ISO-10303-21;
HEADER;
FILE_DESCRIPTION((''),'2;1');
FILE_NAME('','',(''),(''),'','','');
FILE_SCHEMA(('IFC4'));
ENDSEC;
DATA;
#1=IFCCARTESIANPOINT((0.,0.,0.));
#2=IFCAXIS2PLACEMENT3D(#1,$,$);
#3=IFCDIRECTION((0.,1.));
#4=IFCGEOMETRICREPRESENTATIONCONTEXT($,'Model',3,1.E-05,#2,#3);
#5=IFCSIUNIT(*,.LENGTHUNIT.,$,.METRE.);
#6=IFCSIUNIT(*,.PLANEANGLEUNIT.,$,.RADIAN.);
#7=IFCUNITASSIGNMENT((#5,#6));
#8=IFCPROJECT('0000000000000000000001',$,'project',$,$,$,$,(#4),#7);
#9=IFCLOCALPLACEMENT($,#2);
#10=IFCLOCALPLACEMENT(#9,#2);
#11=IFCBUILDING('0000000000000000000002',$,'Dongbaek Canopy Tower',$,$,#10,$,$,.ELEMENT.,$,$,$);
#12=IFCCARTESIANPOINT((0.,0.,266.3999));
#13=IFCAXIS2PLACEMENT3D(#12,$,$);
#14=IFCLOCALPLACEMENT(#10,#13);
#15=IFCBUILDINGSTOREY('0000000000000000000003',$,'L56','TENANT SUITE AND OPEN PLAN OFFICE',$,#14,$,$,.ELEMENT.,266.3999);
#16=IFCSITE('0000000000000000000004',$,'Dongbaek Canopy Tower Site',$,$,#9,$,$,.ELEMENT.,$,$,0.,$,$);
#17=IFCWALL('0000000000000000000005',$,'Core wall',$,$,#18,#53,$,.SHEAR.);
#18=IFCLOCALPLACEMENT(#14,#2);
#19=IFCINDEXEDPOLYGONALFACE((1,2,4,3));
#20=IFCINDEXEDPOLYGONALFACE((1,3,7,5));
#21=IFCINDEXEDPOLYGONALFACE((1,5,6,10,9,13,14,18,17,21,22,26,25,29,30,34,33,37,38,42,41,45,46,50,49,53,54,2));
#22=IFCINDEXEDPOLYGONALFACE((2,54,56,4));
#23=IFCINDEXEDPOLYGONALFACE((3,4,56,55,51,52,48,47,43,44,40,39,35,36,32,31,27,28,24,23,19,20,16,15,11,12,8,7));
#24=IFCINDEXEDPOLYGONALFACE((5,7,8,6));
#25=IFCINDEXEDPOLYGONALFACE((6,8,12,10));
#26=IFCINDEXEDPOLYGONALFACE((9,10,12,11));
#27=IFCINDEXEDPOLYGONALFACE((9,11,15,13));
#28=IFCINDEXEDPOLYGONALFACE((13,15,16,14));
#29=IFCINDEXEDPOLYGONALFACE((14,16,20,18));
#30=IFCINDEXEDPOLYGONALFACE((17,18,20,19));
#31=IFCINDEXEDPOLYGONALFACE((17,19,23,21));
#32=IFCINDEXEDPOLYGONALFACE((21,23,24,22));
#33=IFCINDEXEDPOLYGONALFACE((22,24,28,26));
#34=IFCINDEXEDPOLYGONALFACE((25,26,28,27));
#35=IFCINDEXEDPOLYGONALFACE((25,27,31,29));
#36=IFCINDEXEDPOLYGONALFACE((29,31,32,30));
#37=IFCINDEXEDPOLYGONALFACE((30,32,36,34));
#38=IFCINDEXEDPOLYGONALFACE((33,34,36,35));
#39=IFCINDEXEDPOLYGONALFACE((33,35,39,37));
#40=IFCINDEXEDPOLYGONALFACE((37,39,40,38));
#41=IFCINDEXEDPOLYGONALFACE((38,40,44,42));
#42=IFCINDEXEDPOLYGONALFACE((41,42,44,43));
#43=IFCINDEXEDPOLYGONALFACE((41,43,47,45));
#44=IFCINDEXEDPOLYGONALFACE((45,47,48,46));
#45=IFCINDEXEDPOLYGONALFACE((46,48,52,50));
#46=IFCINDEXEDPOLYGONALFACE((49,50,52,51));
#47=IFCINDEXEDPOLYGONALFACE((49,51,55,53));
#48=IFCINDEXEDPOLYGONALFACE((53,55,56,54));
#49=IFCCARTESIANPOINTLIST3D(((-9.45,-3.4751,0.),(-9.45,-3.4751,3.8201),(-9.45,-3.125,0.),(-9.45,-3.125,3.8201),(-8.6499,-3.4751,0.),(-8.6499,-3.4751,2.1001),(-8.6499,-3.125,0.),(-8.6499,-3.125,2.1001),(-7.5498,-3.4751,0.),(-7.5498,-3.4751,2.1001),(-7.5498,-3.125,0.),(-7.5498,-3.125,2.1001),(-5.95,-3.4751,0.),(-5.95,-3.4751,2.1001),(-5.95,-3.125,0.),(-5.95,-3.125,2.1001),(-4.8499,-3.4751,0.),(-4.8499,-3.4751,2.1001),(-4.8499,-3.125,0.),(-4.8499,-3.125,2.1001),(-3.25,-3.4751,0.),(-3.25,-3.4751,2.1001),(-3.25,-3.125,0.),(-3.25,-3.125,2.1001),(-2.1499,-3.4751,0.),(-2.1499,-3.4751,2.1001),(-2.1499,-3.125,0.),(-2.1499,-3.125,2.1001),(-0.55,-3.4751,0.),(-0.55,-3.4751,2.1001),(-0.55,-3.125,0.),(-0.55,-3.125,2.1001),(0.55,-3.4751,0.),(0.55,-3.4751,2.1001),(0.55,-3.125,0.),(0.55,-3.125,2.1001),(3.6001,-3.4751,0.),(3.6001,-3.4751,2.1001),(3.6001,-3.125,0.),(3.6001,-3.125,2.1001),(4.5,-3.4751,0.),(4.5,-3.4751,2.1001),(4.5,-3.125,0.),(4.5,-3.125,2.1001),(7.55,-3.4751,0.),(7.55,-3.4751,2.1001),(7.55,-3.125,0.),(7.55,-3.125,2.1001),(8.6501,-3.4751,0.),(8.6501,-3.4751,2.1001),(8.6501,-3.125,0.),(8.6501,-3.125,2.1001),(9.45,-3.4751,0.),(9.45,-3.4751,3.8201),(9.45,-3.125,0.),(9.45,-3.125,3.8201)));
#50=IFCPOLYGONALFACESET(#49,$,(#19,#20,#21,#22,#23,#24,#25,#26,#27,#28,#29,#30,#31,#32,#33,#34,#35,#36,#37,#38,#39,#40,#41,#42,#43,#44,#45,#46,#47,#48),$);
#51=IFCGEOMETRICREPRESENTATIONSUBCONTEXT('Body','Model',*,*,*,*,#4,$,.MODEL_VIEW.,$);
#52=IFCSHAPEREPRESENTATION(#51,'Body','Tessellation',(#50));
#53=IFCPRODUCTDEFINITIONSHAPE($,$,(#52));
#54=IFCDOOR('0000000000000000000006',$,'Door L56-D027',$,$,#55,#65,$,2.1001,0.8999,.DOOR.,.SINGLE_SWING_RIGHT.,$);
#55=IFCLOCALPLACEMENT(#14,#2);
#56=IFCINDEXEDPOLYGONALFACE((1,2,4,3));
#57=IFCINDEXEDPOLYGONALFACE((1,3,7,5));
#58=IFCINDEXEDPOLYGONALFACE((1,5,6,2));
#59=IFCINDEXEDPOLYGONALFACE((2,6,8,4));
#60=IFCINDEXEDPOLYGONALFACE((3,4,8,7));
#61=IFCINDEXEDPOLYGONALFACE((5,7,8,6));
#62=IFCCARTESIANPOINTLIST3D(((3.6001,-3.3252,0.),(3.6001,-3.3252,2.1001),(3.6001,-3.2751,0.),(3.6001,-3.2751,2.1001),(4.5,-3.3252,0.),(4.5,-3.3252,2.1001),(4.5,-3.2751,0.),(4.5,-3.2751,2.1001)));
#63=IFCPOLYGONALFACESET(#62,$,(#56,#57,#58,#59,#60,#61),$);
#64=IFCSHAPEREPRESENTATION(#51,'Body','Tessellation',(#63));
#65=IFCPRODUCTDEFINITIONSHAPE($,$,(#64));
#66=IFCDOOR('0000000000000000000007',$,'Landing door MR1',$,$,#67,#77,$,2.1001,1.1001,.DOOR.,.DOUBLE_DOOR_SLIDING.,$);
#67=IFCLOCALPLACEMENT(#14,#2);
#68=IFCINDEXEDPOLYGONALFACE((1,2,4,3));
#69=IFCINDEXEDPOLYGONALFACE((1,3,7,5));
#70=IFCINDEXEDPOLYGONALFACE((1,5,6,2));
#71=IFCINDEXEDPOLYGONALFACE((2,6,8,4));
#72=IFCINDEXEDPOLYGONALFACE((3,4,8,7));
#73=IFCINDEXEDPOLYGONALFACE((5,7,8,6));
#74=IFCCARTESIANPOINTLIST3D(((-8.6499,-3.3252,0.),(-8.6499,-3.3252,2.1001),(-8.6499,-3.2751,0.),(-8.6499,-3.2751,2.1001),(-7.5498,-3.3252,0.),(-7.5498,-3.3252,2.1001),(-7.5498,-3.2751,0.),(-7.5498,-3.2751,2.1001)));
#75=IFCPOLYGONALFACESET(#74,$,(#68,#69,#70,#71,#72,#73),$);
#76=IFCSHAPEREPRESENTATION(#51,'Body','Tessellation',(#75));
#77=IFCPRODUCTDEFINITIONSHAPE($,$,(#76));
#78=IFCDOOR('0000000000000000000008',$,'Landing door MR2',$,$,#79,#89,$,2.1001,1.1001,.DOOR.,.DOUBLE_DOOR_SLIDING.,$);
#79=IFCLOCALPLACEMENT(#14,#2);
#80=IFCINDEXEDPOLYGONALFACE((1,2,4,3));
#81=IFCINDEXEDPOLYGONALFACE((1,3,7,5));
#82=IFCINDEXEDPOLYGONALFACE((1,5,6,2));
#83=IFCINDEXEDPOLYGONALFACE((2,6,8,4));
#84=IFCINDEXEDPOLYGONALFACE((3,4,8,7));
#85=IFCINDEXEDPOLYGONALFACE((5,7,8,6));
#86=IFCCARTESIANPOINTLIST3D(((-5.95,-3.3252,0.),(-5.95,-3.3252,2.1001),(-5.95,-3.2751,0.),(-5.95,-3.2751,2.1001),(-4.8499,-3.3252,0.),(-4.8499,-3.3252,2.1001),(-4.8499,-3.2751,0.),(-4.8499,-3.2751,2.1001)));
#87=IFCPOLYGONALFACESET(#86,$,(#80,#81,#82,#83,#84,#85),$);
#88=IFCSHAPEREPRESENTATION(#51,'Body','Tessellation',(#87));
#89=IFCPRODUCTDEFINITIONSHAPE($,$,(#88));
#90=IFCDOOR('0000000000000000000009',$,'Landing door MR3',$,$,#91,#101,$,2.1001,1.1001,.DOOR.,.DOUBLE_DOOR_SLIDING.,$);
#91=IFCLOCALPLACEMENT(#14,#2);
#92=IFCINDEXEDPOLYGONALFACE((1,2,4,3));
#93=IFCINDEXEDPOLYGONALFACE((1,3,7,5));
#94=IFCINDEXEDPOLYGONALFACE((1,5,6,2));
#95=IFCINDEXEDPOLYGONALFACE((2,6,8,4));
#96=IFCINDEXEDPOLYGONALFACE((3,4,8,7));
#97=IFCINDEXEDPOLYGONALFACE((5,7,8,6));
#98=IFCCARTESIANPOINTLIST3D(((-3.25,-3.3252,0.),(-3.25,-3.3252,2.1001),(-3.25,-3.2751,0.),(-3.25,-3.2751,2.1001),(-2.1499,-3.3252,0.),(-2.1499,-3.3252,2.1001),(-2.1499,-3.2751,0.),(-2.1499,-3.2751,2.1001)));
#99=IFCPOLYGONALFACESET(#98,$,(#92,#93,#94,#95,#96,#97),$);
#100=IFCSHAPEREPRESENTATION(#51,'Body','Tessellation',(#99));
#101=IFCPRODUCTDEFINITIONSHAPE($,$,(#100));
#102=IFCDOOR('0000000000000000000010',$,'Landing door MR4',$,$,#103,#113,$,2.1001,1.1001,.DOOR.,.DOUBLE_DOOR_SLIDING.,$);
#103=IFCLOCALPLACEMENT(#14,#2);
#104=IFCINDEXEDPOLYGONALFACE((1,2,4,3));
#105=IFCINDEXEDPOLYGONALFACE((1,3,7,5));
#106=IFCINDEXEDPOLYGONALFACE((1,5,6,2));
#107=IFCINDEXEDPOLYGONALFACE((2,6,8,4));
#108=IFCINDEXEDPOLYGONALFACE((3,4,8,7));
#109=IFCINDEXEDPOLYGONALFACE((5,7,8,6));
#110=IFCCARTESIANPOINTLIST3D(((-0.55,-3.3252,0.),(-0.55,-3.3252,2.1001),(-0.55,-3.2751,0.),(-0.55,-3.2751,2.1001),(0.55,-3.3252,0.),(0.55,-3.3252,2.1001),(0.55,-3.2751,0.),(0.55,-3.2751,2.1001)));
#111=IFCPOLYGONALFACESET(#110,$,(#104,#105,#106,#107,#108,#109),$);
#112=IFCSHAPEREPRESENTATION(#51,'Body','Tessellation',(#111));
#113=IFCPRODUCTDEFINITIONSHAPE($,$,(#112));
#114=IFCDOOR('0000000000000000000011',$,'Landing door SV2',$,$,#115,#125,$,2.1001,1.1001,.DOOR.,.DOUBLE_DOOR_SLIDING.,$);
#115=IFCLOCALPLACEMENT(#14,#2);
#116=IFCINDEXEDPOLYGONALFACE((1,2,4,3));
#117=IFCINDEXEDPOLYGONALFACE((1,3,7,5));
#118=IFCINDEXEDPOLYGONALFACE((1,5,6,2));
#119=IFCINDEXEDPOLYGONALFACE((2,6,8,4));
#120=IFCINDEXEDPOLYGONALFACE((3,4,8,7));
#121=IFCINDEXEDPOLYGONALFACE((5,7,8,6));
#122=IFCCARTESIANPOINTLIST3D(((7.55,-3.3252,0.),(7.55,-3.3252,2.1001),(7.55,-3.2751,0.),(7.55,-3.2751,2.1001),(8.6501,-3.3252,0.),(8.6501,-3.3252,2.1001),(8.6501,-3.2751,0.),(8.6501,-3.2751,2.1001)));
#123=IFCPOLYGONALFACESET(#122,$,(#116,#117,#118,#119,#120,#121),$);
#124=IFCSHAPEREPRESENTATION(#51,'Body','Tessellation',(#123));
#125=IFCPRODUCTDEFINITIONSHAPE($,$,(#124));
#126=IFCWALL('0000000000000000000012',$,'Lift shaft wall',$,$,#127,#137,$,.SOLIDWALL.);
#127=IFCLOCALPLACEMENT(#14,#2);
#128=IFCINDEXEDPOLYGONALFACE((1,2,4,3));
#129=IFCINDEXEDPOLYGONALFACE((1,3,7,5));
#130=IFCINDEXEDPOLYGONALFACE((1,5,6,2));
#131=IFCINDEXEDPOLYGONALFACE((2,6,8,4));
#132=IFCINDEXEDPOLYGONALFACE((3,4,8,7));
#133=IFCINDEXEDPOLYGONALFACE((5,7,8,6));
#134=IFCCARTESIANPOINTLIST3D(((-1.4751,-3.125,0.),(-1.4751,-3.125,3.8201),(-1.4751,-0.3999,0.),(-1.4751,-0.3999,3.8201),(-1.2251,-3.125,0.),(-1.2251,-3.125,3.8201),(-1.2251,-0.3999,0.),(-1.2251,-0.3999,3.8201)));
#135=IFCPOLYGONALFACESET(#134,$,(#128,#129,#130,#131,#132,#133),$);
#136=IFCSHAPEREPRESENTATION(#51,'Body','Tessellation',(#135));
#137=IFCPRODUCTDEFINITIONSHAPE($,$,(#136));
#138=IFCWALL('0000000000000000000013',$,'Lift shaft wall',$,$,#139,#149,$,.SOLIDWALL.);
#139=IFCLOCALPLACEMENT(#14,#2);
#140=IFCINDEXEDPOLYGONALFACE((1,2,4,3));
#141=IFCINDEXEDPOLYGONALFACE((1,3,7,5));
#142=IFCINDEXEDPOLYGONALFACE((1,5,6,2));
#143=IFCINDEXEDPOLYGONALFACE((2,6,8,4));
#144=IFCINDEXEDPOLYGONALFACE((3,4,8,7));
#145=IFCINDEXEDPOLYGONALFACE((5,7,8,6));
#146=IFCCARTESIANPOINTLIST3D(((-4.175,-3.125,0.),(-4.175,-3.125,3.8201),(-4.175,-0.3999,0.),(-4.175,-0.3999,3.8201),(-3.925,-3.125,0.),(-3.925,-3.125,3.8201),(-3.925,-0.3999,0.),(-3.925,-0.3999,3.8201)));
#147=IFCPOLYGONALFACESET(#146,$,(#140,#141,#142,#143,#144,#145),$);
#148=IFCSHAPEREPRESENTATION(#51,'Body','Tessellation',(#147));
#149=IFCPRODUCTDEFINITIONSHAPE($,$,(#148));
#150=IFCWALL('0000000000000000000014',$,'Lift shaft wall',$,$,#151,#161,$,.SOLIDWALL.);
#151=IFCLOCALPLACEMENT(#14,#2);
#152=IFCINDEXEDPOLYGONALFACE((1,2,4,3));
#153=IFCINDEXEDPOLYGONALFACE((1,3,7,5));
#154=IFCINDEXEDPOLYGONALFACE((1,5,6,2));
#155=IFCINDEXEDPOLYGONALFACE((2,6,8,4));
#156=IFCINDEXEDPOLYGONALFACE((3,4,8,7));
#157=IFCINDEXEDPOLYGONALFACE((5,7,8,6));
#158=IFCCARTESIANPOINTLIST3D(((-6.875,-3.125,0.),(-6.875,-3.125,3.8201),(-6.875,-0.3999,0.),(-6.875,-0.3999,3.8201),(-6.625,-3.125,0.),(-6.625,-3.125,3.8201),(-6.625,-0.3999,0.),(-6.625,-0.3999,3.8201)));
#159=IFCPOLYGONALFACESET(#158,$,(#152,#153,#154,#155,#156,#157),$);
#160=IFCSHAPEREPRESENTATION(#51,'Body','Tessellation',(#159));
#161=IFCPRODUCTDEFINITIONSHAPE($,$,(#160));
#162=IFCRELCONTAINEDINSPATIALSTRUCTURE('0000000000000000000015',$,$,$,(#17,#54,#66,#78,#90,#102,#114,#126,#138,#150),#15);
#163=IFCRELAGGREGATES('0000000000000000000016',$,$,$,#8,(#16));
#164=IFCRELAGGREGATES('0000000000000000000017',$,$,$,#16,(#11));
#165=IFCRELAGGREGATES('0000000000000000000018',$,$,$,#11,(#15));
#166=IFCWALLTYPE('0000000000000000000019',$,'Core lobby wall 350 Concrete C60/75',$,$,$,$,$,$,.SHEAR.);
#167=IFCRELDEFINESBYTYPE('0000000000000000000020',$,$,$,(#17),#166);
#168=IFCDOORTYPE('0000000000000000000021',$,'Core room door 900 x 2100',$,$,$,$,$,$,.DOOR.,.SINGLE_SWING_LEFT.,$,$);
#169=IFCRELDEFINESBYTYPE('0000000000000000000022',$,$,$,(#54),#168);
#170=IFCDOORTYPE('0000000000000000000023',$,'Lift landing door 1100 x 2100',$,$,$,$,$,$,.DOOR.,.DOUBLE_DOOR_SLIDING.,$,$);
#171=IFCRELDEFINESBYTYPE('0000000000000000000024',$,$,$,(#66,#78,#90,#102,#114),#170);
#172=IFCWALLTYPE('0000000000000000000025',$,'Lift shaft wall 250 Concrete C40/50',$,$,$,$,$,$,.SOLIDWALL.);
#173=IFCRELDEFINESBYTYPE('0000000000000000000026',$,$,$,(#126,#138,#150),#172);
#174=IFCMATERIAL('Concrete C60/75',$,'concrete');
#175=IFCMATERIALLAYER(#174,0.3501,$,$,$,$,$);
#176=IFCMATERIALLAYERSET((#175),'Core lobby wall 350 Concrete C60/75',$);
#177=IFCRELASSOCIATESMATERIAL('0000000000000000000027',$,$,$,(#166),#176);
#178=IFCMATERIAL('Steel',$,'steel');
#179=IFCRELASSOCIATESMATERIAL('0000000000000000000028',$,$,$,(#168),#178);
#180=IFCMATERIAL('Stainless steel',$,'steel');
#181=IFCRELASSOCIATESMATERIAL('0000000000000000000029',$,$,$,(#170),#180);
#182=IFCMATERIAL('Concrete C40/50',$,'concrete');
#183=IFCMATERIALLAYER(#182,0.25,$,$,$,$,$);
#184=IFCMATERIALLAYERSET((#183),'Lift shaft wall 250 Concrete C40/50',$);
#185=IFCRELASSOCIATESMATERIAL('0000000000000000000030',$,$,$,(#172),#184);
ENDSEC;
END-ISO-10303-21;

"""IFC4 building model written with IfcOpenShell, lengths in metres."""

from ifc_helpers import new_model, si_unit, direction, frame, frame_2d, origin, place, context, subcontext, project, spatial, rectangle, extrude, material, layer, layer_set, type_object, element, fill, save


model = new_model("IFC4")

# Units and contexts
model_context = context("Model", 3, precision=1e-05, world=origin(), true_north=direction((0.0, 1.0)))
body_context = subcontext(model_context, "Body", "Model", "MODEL_VIEW")
ifc_project = project(units=[si_unit("LENGTHUNIT", "METRE"), si_unit("PLANEANGLEUNIT", "RADIAN")], contexts=[model_context])

# Site, building, storey
site_placement = place(None, origin())
site = spatial("IfcSite", under=ifc_project, at=site_placement, Name="Dongbaek Canopy Tower Site", CompositionType="ELEMENT", RefElevation=0.0)
building_placement = place(site_placement, origin())
building = spatial("IfcBuilding", under=site, at=building_placement, Name="Dongbaek Canopy Tower", CompositionType="ELEMENT")
storey_placement = place(building_placement, frame((0.0, 0.0, 266.3999)))
storey = spatial("IfcBuildingStorey", under=building, at=storey_placement, Name="L56", Description="TENANT SUITE AND OPEN PLAN OFFICE", CompositionType="ELEMENT", Elevation=266.3999)

# Wall, openings, doors
ifc_material_1 = material(Name="Concrete C60/75", Category="concrete")
ifc_layer_1 = layer(ifc_material_1, 0.3501)
ifc_layer_set_1 = layer_set([ifc_layer_1], Name="Core lobby wall 350 Concrete C60/75")
wall_type_1 = type_object("IfcWallType", Name="Core lobby wall 350 Concrete C60/75", PredefinedType="SHEAR", material=ifc_layer_set_1)
wall_1_placement = place(storey_placement, frame((-9.45, -3.3, 0.0), z_axis=(0.0, 0.0, 1.0), x_axis=(1.0, 0.0, 0.0)))
wall_1 = element("IfcWall", 1, at=wall_1_placement, inside=storey, type_object=wall_type_1, Name="Core wall", PredefinedType="SHEAR", context=body_context, shape_type="SweptSolid", body=[
    extrude(rectangle(XDim=18.8999, YDim=0.3501, at=frame_2d((9.45, 0.0))), origin(), (0.0, 0.0, 1.0), 3.8201),
])
opening_1_placement = place(wall_1_placement, frame((0.8, 0.0, 0.0)))
opening_1 = element("IfcOpeningElement", 2, at=opening_1_placement, cuts=wall_1, PredefinedType="OPENING", context=body_context, shape_type="SweptSolid", body=[
    extrude(rectangle(XDim=1.1001, YDim=2.1001, at=frame_2d((0.55, 1.05))), frame((0.0, 0.1851, 0.0), z_axis=(0.0, -1.0, 0.0), x_axis=(1.0, 0.0, 0.0)), (0.0, 0.0, 1.0), 0.3701),
])
opening_2_placement = place(wall_1_placement, frame((3.5, 0.0, 0.0)))
opening_2 = element("IfcOpeningElement", 3, at=opening_2_placement, cuts=wall_1, PredefinedType="OPENING", context=body_context, shape_type="SweptSolid", body=[
    extrude(rectangle(XDim=1.1001, YDim=2.1001, at=frame_2d((0.55, 1.05))), frame((0.0, 0.1851, 0.0), z_axis=(0.0, -1.0, 0.0), x_axis=(1.0, 0.0, 0.0)), (0.0, 0.0, 1.0), 0.3701),
])
opening_3_placement = place(wall_1_placement, frame((6.2, 0.0, 0.0)))
opening_3 = element("IfcOpeningElement", 4, at=opening_3_placement, cuts=wall_1, PredefinedType="OPENING", context=body_context, shape_type="SweptSolid", body=[
    extrude(rectangle(XDim=1.1001, YDim=2.1001, at=frame_2d((0.55, 1.05))), frame((0.0, 0.1851, 0.0), z_axis=(0.0, -1.0, 0.0), x_axis=(1.0, 0.0, 0.0)), (0.0, 0.0, 1.0), 0.3701),
])
opening_4_placement = place(wall_1_placement, frame((8.8999, 0.0, 0.0)))
opening_4 = element("IfcOpeningElement", 5, at=opening_4_placement, cuts=wall_1, PredefinedType="OPENING", context=body_context, shape_type="SweptSolid", body=[
    extrude(rectangle(XDim=1.1001, YDim=2.1001, at=frame_2d((0.55, 1.05))), frame((0.0, 0.1851, 0.0), z_axis=(0.0, -1.0, 0.0), x_axis=(1.0, 0.0, 0.0)), (0.0, 0.0, 1.0), 0.3701),
])
opening_5_placement = place(wall_1_placement, frame((17.0, 0.0, 0.0)))
opening_5 = element("IfcOpeningElement", 6, at=opening_5_placement, cuts=wall_1, PredefinedType="OPENING", context=body_context, shape_type="SweptSolid", body=[
    extrude(rectangle(XDim=1.1001, YDim=2.1001, at=frame_2d((0.55, 1.05))), frame((0.0, 0.1851, 0.0), z_axis=(0.0, -1.0, 0.0), x_axis=(1.0, 0.0, 0.0)), (0.0, 0.0, 1.0), 0.3701),
])
opening_6_placement = place(wall_1_placement, frame((13.05, 0.0, 0.0)))
opening_6 = element("IfcOpeningElement", 7, at=opening_6_placement, cuts=wall_1, PredefinedType="OPENING", context=body_context, shape_type="SweptSolid", body=[
    extrude(rectangle(XDim=0.8999, YDim=2.1001, at=frame_2d((0.45, 1.05))), frame((0.0, 0.1851, 0.0), z_axis=(0.0, -1.0, 0.0), x_axis=(1.0, 0.0, 0.0)), (0.0, 0.0, 1.0), 0.3701),
])
ifc_material_2 = material(Name="Steel", Category="steel")
door_type_1 = type_object("IfcDoorType", Name="Core room door 900 x 2100", OperationType="SINGLE_SWING_LEFT", PredefinedType="DOOR", material=ifc_material_2)
door_1_placement = place(opening_6_placement, origin())
door_1 = element("IfcDoor", 8, at=door_1_placement, inside=storey, type_object=door_type_1, Name="Door L56-D027", OperationType="SINGLE_SWING_RIGHT", OverallHeight=2.1001, OverallWidth=0.8999, PredefinedType="DOOR", context=body_context, shape_type="SweptSolid", body=[
    extrude(rectangle(XDim=0.8999, YDim=2.1001, at=frame_2d((0.45, 1.05))), frame((0.0, 0.0249, 0.0), z_axis=(0.0, -1.0, 0.0), x_axis=(1.0, 0.0, 0.0)), (0.0, 0.0, 1.0), 0.05),
])
fill(opening_6, door_1)
ifc_material_3 = material(Name="Stainless steel", Category="steel")
door_type_2 = type_object("IfcDoorType", Name="Lift landing door 1100 x 2100", OperationType="DOUBLE_DOOR_SLIDING", PredefinedType="DOOR", material=ifc_material_3)
door_2_placement = place(opening_1_placement, origin())
door_2 = element("IfcDoor", 9, at=door_2_placement, inside=storey, type_object=door_type_2, Name="Landing door MR1", OperationType="DOUBLE_DOOR_SLIDING", OverallHeight=2.1001, OverallWidth=1.1001, PredefinedType="DOOR", context=body_context, shape_type="SweptSolid", body=[
    extrude(rectangle(XDim=1.1001, YDim=2.1001, at=frame_2d((0.55, 1.05))), frame((0.0, 0.0249, 0.0), z_axis=(0.0, -1.0, 0.0), x_axis=(1.0, 0.0, 0.0)), (0.0, 0.0, 1.0), 0.05),
])
fill(opening_1, door_2)
door_3_placement = place(opening_2_placement, origin())
door_3 = element("IfcDoor", 10, at=door_3_placement, inside=storey, type_object=door_type_2, Name="Landing door MR2", OperationType="DOUBLE_DOOR_SLIDING", OverallHeight=2.1001, OverallWidth=1.1001, PredefinedType="DOOR", context=body_context, shape_type="SweptSolid", body=[
    extrude(rectangle(XDim=1.1001, YDim=2.1001, at=frame_2d((0.55, 1.05))), frame((0.0, 0.0249, 0.0), z_axis=(0.0, -1.0, 0.0), x_axis=(1.0, 0.0, 0.0)), (0.0, 0.0, 1.0), 0.05),
])
fill(opening_2, door_3)
door_4_placement = place(opening_3_placement, origin())
door_4 = element("IfcDoor", 11, at=door_4_placement, inside=storey, type_object=door_type_2, Name="Landing door MR3", OperationType="DOUBLE_DOOR_SLIDING", OverallHeight=2.1001, OverallWidth=1.1001, PredefinedType="DOOR", context=body_context, shape_type="SweptSolid", body=[
    extrude(rectangle(XDim=1.1001, YDim=2.1001, at=frame_2d((0.55, 1.05))), frame((0.0, 0.0249, 0.0), z_axis=(0.0, -1.0, 0.0), x_axis=(1.0, 0.0, 0.0)), (0.0, 0.0, 1.0), 0.05),
])
fill(opening_3, door_4)
door_5_placement = place(opening_4_placement, origin())
door_5 = element("IfcDoor", 12, at=door_5_placement, inside=storey, type_object=door_type_2, Name="Landing door MR4", OperationType="DOUBLE_DOOR_SLIDING", OverallHeight=2.1001, OverallWidth=1.1001, PredefinedType="DOOR", context=body_context, shape_type="SweptSolid", body=[
    extrude(rectangle(XDim=1.1001, YDim=2.1001, at=frame_2d((0.55, 1.05))), frame((0.0, 0.0249, 0.0), z_axis=(0.0, -1.0, 0.0), x_axis=(1.0, 0.0, 0.0)), (0.0, 0.0, 1.0), 0.05),
])
fill(opening_4, door_5)
door_6_placement = place(opening_5_placement, origin())
door_6 = element("IfcDoor", 13, at=door_6_placement, inside=storey, type_object=door_type_2, Name="Landing door SV2", OperationType="DOUBLE_DOOR_SLIDING", OverallHeight=2.1001, OverallWidth=1.1001, PredefinedType="DOOR", context=body_context, shape_type="SweptSolid", body=[
    extrude(rectangle(XDim=1.1001, YDim=2.1001, at=frame_2d((0.55, 1.05))), frame((0.0, 0.0249, 0.0), z_axis=(0.0, -1.0, 0.0), x_axis=(1.0, 0.0, 0.0)), (0.0, 0.0, 1.0), 0.05),
])
fill(opening_5, door_6)

# Walls
ifc_material_4 = material(Name="Concrete C40/50", Category="concrete")
ifc_layer_2 = layer(ifc_material_4, 0.25)
ifc_layer_set_2 = layer_set([ifc_layer_2], Name="Lift shaft wall 250 Concrete C40/50")
wall_type_2 = type_object("IfcWallType", Name="Lift shaft wall 250 Concrete C40/50", PredefinedType="SOLIDWALL", material=ifc_layer_set_2)
for number, where, z_axis, x_axis, name in (
    (14, (-1.3501, -3.125, 0.0), (0.0, 0.0, 1.0), (0.0, 1.0, 0.0), "Lift shaft wall"),
    (15, (-4.05, -3.125, 0.0), (0.0, 0.0, 1.0), (0.0, 1.0, 0.0), "Lift shaft wall"),
    (16, (-6.75, -3.125, 0.0), (0.0, 0.0, 1.0), (0.0, 1.0, 0.0), "Lift shaft wall"),
):
    element("IfcWall", number, at=place(storey_placement, frame(where, z_axis=z_axis, x_axis=x_axis)), inside=storey, type_object=wall_type_2, Name=name, PredefinedType="SOLIDWALL", context=body_context, shape_type="SweptSolid", body=[
        extrude(rectangle(XDim=2.7251, YDim=0.25, at=frame_2d((1.3625, 0.0))), origin(), (0.0, 0.0, 1.0), 3.8201),
    ])

save(model, "model.ifc")
